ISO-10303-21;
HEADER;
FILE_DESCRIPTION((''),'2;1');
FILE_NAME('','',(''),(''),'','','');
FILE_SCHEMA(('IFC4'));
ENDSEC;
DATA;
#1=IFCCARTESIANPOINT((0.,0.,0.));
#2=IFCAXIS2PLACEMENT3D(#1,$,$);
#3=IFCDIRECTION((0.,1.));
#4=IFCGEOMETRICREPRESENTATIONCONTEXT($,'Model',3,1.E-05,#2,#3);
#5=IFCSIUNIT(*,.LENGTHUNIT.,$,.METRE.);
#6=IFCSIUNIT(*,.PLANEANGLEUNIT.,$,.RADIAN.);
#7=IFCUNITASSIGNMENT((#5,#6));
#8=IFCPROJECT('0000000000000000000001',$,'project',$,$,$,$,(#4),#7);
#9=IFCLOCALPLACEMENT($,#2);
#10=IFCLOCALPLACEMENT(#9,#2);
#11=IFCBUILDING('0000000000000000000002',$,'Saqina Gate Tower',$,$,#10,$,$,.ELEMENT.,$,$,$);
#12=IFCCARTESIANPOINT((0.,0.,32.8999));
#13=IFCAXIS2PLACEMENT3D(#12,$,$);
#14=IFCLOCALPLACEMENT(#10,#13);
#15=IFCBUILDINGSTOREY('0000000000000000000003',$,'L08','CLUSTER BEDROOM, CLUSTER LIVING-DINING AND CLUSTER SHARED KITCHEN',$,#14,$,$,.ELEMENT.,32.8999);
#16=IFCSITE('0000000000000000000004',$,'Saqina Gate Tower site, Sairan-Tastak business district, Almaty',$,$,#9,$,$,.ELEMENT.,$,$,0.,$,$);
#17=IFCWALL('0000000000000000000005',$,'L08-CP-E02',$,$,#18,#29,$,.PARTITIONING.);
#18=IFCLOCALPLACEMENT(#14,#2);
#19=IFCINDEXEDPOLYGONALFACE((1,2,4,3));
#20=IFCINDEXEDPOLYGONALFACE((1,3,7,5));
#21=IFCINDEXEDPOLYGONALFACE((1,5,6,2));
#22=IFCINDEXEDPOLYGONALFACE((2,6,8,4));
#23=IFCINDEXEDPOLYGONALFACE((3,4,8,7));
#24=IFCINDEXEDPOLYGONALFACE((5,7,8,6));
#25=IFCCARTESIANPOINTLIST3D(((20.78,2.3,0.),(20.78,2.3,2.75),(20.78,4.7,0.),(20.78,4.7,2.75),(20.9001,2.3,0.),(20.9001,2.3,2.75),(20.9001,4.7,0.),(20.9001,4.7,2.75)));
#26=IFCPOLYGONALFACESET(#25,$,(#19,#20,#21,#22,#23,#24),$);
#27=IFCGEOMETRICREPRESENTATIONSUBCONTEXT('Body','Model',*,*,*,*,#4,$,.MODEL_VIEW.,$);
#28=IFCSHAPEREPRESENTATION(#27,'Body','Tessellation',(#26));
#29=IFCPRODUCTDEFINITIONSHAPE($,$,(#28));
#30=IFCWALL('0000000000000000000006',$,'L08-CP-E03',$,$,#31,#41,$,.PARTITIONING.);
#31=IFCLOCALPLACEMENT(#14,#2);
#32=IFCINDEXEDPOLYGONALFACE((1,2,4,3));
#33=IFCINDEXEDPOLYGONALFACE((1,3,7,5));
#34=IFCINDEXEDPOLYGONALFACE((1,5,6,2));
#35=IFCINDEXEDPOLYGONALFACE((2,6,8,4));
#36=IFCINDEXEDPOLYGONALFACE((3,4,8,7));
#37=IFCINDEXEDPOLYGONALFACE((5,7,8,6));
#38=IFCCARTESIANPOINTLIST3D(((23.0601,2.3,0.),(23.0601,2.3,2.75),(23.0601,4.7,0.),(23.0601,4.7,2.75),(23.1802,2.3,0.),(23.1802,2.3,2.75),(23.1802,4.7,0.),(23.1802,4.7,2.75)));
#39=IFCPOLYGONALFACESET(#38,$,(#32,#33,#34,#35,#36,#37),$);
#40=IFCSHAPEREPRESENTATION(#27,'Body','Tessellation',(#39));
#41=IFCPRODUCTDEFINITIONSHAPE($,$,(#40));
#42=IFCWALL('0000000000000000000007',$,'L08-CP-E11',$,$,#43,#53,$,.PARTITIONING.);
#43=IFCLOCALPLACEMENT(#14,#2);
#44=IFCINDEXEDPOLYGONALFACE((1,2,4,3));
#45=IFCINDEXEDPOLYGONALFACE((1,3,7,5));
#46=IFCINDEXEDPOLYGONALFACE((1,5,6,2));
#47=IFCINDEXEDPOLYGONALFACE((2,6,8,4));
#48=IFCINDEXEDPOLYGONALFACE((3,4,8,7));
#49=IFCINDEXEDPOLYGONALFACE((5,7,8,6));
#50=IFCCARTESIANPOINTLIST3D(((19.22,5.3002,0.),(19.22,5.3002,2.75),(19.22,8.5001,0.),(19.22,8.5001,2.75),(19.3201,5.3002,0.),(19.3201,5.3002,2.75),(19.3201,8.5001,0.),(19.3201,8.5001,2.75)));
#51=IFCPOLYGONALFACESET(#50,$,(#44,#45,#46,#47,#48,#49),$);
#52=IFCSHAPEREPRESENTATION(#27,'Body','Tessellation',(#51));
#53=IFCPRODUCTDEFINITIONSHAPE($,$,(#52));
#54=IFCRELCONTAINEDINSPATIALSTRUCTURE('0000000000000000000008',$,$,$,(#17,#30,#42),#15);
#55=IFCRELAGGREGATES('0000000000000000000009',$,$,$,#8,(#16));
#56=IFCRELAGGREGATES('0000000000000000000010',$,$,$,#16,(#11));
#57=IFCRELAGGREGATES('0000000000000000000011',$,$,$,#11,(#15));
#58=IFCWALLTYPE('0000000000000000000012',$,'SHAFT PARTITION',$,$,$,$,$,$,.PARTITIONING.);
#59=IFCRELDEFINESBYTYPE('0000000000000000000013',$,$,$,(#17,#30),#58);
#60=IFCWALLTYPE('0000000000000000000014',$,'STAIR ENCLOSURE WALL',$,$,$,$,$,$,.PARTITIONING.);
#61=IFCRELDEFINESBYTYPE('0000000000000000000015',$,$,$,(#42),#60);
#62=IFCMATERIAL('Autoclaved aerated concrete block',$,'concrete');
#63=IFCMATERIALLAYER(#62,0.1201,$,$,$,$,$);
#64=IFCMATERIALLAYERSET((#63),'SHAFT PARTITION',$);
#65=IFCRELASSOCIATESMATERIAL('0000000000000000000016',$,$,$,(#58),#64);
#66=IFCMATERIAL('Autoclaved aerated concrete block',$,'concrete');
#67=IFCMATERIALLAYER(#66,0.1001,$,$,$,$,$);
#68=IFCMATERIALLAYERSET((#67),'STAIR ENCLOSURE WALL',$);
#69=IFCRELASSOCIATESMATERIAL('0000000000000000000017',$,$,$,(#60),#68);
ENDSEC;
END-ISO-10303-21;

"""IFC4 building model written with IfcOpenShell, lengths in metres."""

from ifc_helpers import new_model, si_unit, direction, frame, frame_2d, origin, place, context, subcontext, project, spatial, rectangle, extrude, material, layer, layer_set, type_object, element, save


model = new_model("IFC4")

# Units and contexts
model_context = context("Model", 3, precision=1e-05, world=origin(), true_north=direction((0.0, 1.0)))
body_context = subcontext(model_context, "Body", "Model", "MODEL_VIEW")
ifc_project = project(units=[si_unit("LENGTHUNIT", "METRE"), si_unit("PLANEANGLEUNIT", "RADIAN")], contexts=[model_context])

# Site, building, storey
site_placement = place(None, origin())
site = spatial("IfcSite", under=ifc_project, at=site_placement, Name="Saqina Gate Tower site, Sairan-Tastak business district, Almaty", CompositionType="ELEMENT", RefElevation=0.0)
building_placement = place(site_placement, origin())
building = spatial("IfcBuilding", under=site, at=building_placement, Name="Saqina Gate Tower", CompositionType="ELEMENT")
storey_placement = place(building_placement, frame((0.0, 0.0, 32.8999)))
storey = spatial("IfcBuildingStorey", under=building, at=storey_placement, Name="L08", Description="CLUSTER BEDROOM, CLUSTER LIVING-DINING AND CLUSTER SHARED KITCHEN", CompositionType="ELEMENT", Elevation=32.8999)

# Walls
ifc_material_1 = material(Name="Autoclaved aerated concrete block", Category="concrete")
ifc_layer_1 = layer(ifc_material_1, 0.1201)
ifc_layer_set_1 = layer_set([ifc_layer_1], Name="SHAFT PARTITION")
wall_type_1 = type_object("IfcWallType", Name="SHAFT PARTITION", PredefinedType="PARTITIONING", material=ifc_layer_set_1)
for number, where, z_axis, x_axis, name in (
    (1, (20.8401, 2.3, 0.0), (0.0, 0.0, 1.0), (0.0, 1.0, 0.0), "L08-CP-E02"),
    (2, (23.1201, 2.3, 0.0), (0.0, 0.0, 1.0), (0.0, 1.0, 0.0), "L08-CP-E03"),
):
    element("IfcWall", number, at=place(storey_placement, frame(where, z_axis=z_axis, x_axis=x_axis)), inside=storey, type_object=wall_type_1, Name=name, PredefinedType="PARTITIONING", context=body_context, shape_type="SweptSolid", body=[
        extrude(rectangle(XDim=2.3999, YDim=0.1201, at=frame_2d((1.2, 0.0))), origin(), (0.0, 0.0, 1.0), 2.75),
    ])
ifc_material_2 = material(Name="Autoclaved aerated concrete block", Category="concrete")
ifc_layer_2 = layer(ifc_material_2, 0.1001)
ifc_layer_set_2 = layer_set([ifc_layer_2], Name="STAIR ENCLOSURE WALL")
wall_type_2 = type_object("IfcWallType", Name="STAIR ENCLOSURE WALL", PredefinedType="PARTITIONING", material=ifc_layer_set_2)
wall_1_placement = place(storey_placement, frame((19.27, 5.3, 0.0), z_axis=(0.0, 0.0, 1.0), x_axis=(0.0, 1.0, 0.0)))
element("IfcWall", 3, at=wall_1_placement, inside=storey, type_object=wall_type_2, Name="L08-CP-E11", PredefinedType="PARTITIONING", context=body_context, shape_type="SweptSolid", body=[
    extrude(rectangle(XDim=3.2, YDim=0.1001, at=frame_2d((1.6001, 0.0))), origin(), (0.0, 0.0, 1.0), 2.75),
])

save(model, "model.ifc")
